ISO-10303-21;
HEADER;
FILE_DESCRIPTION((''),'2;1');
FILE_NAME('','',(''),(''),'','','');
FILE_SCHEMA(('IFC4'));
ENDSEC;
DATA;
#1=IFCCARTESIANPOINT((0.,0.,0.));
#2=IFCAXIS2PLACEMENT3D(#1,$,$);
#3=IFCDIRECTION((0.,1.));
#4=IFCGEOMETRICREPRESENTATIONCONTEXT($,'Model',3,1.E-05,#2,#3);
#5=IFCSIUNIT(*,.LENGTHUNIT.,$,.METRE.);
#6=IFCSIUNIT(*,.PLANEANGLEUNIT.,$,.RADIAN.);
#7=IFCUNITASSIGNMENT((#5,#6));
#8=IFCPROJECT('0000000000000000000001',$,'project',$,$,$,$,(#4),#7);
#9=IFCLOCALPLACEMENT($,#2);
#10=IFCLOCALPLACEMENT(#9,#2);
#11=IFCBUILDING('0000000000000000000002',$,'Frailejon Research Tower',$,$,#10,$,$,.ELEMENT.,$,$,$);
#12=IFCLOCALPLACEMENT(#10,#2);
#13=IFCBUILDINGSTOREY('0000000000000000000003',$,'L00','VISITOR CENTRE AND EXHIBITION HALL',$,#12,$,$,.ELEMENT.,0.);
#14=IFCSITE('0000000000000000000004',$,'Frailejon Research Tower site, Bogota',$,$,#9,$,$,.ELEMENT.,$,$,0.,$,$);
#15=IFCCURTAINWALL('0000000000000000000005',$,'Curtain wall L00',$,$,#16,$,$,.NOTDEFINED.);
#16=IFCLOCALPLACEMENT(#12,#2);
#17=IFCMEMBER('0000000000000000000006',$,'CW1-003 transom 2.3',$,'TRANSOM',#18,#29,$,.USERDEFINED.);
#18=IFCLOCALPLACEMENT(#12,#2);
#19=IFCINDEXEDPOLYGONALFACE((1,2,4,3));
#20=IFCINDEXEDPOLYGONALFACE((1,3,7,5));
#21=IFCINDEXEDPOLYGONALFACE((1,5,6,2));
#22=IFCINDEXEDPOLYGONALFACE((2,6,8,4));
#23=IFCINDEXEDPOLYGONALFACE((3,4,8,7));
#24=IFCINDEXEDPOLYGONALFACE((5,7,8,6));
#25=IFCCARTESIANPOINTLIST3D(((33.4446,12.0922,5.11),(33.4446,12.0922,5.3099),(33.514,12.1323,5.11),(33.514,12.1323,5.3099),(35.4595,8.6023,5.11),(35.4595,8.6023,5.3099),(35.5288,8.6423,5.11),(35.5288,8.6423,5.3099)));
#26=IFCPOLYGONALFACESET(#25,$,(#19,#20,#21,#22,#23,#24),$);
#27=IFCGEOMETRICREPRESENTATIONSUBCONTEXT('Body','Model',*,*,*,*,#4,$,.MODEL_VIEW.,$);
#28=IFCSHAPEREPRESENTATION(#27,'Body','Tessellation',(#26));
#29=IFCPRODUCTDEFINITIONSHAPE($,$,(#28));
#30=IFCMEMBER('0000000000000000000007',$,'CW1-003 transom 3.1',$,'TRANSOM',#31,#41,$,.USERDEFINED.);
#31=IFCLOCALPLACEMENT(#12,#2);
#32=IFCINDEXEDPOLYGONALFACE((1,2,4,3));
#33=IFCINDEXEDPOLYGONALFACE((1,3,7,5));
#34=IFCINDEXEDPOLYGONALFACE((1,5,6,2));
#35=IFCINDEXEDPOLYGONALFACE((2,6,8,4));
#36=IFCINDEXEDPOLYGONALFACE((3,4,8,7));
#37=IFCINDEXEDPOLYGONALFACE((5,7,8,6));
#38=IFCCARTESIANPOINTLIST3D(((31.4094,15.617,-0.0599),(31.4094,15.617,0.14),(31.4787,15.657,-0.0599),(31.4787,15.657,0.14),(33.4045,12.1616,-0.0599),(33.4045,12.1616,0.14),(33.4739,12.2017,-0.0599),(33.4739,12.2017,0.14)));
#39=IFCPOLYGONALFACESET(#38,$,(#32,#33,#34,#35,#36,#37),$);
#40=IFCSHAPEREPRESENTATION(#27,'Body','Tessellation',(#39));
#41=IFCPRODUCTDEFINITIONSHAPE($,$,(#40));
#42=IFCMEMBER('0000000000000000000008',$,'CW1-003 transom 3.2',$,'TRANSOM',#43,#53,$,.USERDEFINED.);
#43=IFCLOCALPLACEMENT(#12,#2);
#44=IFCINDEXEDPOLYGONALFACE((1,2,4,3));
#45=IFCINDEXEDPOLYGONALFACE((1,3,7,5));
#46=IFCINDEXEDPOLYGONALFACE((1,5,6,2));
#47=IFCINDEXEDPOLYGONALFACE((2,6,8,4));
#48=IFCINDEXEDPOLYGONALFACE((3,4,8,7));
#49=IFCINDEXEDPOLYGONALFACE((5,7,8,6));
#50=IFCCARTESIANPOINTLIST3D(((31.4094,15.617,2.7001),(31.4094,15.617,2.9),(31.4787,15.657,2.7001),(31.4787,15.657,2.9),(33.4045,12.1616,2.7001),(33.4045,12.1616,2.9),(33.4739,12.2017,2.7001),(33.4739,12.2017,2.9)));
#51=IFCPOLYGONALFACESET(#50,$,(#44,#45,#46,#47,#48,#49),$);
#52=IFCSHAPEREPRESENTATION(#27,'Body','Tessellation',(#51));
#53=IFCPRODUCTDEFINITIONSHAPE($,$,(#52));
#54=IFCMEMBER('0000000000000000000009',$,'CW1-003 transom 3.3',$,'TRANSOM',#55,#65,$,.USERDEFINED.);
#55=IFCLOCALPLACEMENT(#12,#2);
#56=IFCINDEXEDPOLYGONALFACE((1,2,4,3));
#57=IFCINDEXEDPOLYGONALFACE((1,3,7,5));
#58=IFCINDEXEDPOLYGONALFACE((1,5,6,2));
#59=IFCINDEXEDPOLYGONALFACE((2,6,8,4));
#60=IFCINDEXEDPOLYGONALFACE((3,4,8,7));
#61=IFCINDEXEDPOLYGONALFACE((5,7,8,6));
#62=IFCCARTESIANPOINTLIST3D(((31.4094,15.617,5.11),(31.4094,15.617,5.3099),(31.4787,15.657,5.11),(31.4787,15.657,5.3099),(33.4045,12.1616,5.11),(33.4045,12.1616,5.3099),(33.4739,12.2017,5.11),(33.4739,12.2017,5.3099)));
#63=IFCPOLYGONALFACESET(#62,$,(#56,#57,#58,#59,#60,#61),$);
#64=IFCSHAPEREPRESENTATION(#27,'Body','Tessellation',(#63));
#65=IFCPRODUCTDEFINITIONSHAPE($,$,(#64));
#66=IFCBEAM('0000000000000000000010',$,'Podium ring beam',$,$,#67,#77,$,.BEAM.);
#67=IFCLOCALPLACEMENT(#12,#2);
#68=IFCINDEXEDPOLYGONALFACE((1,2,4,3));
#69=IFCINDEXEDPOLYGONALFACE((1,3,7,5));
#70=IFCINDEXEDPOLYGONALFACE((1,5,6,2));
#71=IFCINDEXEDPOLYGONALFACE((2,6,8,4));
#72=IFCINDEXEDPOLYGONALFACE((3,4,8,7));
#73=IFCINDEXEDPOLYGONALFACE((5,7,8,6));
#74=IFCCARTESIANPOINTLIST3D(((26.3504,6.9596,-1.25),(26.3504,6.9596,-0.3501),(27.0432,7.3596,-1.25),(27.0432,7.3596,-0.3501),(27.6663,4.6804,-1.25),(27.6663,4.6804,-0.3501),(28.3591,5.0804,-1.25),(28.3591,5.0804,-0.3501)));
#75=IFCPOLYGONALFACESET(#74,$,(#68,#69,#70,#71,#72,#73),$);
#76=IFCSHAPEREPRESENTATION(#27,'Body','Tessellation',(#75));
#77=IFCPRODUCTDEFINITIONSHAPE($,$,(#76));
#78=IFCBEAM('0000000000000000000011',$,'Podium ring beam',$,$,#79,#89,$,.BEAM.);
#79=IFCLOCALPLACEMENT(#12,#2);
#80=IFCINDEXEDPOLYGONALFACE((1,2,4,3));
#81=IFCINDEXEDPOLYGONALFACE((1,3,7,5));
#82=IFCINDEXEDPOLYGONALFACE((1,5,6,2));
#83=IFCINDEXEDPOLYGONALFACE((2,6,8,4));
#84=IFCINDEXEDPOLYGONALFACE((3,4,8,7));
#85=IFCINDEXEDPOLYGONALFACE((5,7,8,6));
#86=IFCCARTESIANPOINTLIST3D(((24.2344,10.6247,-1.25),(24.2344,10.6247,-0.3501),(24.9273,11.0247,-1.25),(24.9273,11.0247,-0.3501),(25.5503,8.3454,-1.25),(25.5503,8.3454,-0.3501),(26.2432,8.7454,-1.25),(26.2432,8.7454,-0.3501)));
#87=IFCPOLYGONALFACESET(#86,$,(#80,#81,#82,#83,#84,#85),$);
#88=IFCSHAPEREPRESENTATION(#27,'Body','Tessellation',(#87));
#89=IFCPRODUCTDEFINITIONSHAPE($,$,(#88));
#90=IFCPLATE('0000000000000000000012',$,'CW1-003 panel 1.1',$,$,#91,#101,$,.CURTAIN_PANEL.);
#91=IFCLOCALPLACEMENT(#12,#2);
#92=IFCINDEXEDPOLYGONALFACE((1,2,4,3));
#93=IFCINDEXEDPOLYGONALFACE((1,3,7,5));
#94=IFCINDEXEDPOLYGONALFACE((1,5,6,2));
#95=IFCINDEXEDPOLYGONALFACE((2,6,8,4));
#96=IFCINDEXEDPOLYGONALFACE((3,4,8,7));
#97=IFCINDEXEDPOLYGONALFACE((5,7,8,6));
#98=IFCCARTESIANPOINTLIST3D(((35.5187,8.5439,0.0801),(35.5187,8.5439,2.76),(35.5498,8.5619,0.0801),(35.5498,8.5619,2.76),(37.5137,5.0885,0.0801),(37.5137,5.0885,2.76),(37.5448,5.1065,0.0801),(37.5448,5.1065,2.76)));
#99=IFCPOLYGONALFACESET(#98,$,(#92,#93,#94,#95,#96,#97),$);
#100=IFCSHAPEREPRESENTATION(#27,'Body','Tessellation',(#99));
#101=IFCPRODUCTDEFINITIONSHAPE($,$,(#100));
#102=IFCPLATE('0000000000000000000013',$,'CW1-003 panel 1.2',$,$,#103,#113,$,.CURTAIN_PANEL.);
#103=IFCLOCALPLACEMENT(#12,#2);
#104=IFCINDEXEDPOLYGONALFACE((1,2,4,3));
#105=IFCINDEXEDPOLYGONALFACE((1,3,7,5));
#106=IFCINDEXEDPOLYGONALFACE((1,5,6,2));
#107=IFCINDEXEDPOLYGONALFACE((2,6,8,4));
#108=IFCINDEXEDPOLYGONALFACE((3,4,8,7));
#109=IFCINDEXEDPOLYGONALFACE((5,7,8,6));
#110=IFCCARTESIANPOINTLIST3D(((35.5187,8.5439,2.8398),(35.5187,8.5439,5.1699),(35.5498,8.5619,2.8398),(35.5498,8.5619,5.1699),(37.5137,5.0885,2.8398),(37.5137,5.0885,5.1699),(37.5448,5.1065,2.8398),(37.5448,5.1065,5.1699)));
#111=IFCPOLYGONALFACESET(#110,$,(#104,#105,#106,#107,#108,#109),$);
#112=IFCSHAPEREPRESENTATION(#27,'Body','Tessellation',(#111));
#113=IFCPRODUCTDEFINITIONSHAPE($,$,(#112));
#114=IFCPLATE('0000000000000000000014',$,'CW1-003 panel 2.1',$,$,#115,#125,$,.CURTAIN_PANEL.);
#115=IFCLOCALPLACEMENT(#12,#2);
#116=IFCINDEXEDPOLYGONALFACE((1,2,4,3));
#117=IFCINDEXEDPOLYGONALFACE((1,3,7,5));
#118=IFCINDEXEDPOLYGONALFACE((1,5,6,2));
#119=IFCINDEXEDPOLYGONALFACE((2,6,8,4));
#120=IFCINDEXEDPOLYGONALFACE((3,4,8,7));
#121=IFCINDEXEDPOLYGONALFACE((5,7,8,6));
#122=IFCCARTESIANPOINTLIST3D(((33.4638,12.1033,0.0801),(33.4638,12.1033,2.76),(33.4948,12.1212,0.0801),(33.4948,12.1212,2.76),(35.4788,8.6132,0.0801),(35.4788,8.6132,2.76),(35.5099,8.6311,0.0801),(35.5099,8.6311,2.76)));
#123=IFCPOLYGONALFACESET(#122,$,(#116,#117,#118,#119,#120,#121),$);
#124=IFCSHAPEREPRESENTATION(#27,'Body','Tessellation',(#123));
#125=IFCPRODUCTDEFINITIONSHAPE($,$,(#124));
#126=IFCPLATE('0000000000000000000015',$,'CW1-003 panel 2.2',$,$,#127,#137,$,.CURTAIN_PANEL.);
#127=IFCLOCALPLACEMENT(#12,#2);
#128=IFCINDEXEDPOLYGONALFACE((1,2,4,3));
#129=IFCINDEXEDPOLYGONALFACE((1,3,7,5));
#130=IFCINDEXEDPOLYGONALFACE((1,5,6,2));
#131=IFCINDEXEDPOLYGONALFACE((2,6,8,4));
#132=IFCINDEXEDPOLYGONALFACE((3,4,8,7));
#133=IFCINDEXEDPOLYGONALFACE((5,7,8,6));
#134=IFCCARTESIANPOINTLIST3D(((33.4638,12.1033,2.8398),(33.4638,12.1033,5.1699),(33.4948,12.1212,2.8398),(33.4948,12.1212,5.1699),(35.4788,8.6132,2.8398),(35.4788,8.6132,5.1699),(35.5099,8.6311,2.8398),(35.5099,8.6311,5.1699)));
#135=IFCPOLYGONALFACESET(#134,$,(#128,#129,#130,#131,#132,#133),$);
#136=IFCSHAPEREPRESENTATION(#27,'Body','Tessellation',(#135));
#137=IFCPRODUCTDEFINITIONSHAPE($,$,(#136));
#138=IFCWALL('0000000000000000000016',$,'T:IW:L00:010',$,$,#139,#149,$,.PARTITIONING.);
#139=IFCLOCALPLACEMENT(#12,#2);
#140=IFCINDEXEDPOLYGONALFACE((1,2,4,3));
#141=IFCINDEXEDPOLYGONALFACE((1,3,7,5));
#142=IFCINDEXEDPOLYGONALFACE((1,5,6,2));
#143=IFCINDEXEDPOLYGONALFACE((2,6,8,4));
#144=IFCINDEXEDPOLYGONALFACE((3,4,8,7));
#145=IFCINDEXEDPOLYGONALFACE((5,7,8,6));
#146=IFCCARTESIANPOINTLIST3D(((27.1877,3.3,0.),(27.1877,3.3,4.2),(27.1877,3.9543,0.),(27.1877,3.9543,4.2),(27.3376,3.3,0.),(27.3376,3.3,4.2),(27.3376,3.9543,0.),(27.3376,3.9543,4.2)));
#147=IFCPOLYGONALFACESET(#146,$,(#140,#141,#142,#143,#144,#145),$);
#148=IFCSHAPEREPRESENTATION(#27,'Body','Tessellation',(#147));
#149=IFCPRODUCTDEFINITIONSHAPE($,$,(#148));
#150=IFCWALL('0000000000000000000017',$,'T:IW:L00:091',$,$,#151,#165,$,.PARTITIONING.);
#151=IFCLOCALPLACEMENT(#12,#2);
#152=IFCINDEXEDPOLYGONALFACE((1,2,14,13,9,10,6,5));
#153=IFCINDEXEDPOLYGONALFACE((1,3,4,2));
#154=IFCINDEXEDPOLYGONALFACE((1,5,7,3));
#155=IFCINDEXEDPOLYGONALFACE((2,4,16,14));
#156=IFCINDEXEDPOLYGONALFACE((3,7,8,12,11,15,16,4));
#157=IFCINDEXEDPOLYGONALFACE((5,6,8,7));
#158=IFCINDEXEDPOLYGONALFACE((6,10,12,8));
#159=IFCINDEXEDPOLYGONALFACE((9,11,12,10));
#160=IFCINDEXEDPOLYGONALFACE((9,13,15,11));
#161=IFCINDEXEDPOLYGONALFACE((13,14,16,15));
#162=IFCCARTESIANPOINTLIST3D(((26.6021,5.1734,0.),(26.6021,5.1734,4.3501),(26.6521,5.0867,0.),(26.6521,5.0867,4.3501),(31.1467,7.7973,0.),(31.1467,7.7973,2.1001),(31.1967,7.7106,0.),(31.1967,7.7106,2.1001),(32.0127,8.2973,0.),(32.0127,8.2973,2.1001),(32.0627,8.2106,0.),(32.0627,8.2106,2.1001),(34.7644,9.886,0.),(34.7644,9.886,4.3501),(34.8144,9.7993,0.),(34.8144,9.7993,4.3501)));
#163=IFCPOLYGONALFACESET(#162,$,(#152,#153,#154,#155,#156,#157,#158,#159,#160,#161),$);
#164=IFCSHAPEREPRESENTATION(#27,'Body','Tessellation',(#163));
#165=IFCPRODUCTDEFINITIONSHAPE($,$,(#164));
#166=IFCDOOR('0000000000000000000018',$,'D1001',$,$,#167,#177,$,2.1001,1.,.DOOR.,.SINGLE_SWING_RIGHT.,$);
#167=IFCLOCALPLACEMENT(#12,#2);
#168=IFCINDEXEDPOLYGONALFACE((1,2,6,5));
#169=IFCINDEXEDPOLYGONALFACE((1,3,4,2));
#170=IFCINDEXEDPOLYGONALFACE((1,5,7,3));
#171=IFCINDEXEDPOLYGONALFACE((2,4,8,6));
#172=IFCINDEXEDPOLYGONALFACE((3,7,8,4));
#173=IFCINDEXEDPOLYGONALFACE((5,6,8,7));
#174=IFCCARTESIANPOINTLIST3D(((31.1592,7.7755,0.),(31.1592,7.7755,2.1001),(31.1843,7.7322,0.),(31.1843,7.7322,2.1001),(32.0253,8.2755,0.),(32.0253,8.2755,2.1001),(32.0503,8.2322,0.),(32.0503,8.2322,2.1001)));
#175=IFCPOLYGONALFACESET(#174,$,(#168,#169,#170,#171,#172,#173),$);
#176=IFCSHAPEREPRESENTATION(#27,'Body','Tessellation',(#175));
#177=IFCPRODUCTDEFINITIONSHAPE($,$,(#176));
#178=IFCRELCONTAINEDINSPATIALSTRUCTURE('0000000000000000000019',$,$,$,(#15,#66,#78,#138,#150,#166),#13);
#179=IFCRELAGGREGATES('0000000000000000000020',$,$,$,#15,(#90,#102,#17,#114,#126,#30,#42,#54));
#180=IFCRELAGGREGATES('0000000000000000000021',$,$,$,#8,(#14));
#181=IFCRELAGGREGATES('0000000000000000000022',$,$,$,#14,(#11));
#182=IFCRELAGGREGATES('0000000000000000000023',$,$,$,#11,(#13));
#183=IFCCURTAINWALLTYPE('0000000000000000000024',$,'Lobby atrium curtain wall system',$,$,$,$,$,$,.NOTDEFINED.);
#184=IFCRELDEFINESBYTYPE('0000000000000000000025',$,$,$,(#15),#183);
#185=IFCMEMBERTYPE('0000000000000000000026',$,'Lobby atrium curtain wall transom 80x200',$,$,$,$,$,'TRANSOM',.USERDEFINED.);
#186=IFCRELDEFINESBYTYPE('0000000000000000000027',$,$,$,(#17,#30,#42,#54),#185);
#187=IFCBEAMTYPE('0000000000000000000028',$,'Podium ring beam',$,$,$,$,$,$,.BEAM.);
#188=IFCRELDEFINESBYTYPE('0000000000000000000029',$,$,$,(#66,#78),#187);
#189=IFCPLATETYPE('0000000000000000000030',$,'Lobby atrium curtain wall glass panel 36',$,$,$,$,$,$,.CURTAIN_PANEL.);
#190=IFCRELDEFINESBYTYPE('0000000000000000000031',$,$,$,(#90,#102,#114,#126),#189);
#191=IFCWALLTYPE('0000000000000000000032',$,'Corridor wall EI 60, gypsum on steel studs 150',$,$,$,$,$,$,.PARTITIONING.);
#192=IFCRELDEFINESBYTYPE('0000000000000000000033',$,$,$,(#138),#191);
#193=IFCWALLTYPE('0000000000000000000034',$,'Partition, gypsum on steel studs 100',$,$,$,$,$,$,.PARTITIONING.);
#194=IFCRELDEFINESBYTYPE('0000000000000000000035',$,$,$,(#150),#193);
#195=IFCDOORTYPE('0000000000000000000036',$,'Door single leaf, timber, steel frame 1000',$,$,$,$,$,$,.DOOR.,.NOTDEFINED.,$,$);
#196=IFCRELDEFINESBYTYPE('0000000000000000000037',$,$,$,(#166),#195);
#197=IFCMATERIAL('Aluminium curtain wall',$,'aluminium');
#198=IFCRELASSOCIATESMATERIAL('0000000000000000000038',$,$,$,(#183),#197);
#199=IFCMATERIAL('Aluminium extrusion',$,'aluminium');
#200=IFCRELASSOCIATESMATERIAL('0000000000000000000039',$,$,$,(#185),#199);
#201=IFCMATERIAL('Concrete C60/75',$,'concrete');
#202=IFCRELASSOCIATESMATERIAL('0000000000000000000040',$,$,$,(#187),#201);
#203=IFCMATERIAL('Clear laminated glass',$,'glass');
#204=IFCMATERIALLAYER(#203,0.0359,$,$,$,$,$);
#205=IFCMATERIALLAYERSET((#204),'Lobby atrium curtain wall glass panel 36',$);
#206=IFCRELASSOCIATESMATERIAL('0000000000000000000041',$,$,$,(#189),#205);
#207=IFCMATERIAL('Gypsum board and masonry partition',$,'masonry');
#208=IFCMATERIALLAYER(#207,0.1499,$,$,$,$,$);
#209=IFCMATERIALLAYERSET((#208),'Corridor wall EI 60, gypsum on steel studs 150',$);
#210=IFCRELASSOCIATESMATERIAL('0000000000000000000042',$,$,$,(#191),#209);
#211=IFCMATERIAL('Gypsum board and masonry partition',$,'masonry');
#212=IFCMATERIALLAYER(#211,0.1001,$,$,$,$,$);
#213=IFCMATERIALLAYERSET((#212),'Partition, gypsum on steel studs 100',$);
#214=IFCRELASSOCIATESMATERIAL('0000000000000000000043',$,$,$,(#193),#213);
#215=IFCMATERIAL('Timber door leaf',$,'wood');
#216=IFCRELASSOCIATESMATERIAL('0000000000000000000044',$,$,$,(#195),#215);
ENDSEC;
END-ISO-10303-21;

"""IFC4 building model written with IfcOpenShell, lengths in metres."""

from ifc_helpers import new_model, si_unit, direction, frame, frame_2d, origin, origin_2d, place, context, subcontext, project, spatial, rectangle, extrude, material, layer, layer_set, material_profile, profile_set, type_object, element, fill, aggregate, save


model = new_model("IFC4")

# Units and contexts
model_context = context("Model", 3, precision=1e-05, world=origin(), true_north=direction((0.0, 1.0)))
body_context = subcontext(model_context, "Body", "Model", "MODEL_VIEW")
ifc_project = project(units=[si_unit("LENGTHUNIT", "METRE"), si_unit("PLANEANGLEUNIT", "RADIAN")], contexts=[model_context])

# Site, building, storey
site_placement = place(None, origin())
site = spatial("IfcSite", under=ifc_project, at=site_placement, Name="Frailejon Research Tower site, Bogota", CompositionType="ELEMENT", RefElevation=0.0)
building_placement = place(site_placement, origin())
building = spatial("IfcBuilding", under=site, at=building_placement, Name="Frailejon Research Tower", CompositionType="ELEMENT")
storey_placement = place(building_placement, origin())
storey = spatial("IfcBuildingStorey", under=building, at=storey_placement, Name="L00", Description="VISITOR CENTRE AND EXHIBITION HALL", CompositionType="ELEMENT", Elevation=0.0)

# Curtain wall, members
ifc_material_1 = material(Name="Aluminium curtain wall", Category="aluminium")
curtain_wall_type = type_object("IfcCurtainWallType", Name="Lobby atrium curtain wall system", PredefinedType="NOTDEFINED", material=ifc_material_1)
curtain_wall_placement = place(storey_placement, origin())
curtain_wall = element("IfcCurtainWall", 1, at=curtain_wall_placement, inside=storey, type_object=curtain_wall_type, Name="Curtain wall L00", PredefinedType="NOTDEFINED")
ifc_material_2 = material(Name="Aluminium extrusion", Category="aluminium")
ifc_material_profile_1 = material_profile(ifc_material_2, rectangle(XDim=0.0801, YDim=0.2, at=origin_2d()), Name="Lobby atrium curtain wall transom 80x200")
ifc_profile_set_1 = profile_set([ifc_material_profile_1], Name="Aluminium extrusion")
member_type_1 = type_object("IfcMemberType", Name="Lobby atrium curtain wall transom 80x200", ElementType="TRANSOM", PredefinedType="USERDEFINED", material=ifc_profile_set_1)
member_1_placement = place(storey_placement, frame((35.4941, 8.6223, 5.21), z_axis=(-0.49999, 0.866031, 0.0), x_axis=(-0.866031, -0.49999, 0.0)))
member_1 = element("IfcMember", 2, at=member_1_placement, type_object=member_type_1, Name="CW1-003 transom 2.3", ObjectType="TRANSOM", PredefinedType="USERDEFINED", context=body_context, shape_type="SweptSolid", body=[
    extrude(rectangle(XDim=0.0801, YDim=0.2, at=origin_2d()), origin(), (0.0, 0.0, 1.0), 4.0298),
])
member_2_placement = place(storey_placement, frame((33.4392, 12.1816, 0.04), z_axis=(-0.500035, 0.866005, 0.0), x_axis=(-0.866005, -0.500035, 0.0)))
member_2 = element("IfcMember", 3, at=member_2_placement, type_object=member_type_1, Name="CW1-003 transom 3.1", ObjectType="TRANSOM", PredefinedType="USERDEFINED", context=body_context, shape_type="SweptSolid", body=[
    extrude(rectangle(XDim=0.0801, YDim=0.2, at=origin_2d()), origin(), (0.0, 0.0, 1.0), 3.99),
])
member_3_placement = place(storey_placement, frame((33.4392, 12.1816, 2.8), z_axis=(-0.500035, 0.866005, 0.0), x_axis=(-0.866005, -0.500035, 0.0)))
member_3 = element("IfcMember", 4, at=member_3_placement, type_object=member_type_1, Name="CW1-003 transom 3.2", ObjectType="TRANSOM", PredefinedType="USERDEFINED", context=body_context, shape_type="SweptSolid", body=[
    extrude(rectangle(XDim=0.0801, YDim=0.2, at=origin_2d()), origin(), (0.0, 0.0, 1.0), 3.99),
])
member_4_placement = place(storey_placement, frame((33.4392, 12.1816, 5.21), z_axis=(-0.500035, 0.866005, 0.0), x_axis=(-0.866005, -0.500035, 0.0)))
member_4 = element("IfcMember", 5, at=member_4_placement, type_object=member_type_1, Name="CW1-003 transom 3.3", ObjectType="TRANSOM", PredefinedType="USERDEFINED", context=body_context, shape_type="SweptSolid", body=[
    extrude(rectangle(XDim=0.0801, YDim=0.2, at=origin_2d()), origin(), (0.0, 0.0, 1.0), 3.99),
])

# Beams
ifc_material_3 = material(Name="Concrete C60/75", Category="concrete")
ifc_material_profile_2 = material_profile(ifc_material_3, rectangle(XDim=0.8, YDim=0.8999, at=origin_2d()), Name="Podium ring beam")
ifc_profile_set_2 = profile_set([ifc_material_profile_2], Name="Concrete C60/75")
beam_type_1 = type_object("IfcBeamType", Name="Podium ring beam", PredefinedType="BEAM", material=ifc_profile_set_2)
for number, where, z_axis, x_axis, name in (
    (6, (28.0127, 4.8804, -0.8), (-0.49999, 0.866031, 0.0), (-0.866031, -0.49999, 0.0), "Podium ring beam"),
    (7, (25.8967, 8.5454, -0.8), (-0.49999, 0.866031, 0.0), (-0.866031, -0.49999, 0.0), "Podium ring beam"),
):
    element("IfcBeam", number, at=place(storey_placement, frame(where, z_axis=z_axis, x_axis=x_axis)), inside=storey, type_object=beam_type_1, Name=name, PredefinedType="BEAM", context=body_context, shape_type="SweptSolid", body=[
        extrude(rectangle(XDim=0.8, YDim=0.8999, at=origin_2d()), origin(), (0.0, 0.0, 1.0), 2.6318),
    ])

# Plates
ifc_material_4 = material(Name="Clear laminated glass", Category="glass")
ifc_layer_1 = layer(ifc_material_4, 0.0359)
ifc_layer_set_1 = layer_set([ifc_layer_1], Name="Lobby atrium curtain wall glass panel 36")
plate_type = type_object("IfcPlateType", Name="Lobby atrium curtain wall glass panel 36", PredefinedType="CURTAIN_PANEL", material=ifc_layer_set_1)
plate_1_placement = place(storey_placement, frame((36.5317, 6.8252, 0.0801), z_axis=(0.0, 0.0, 1.0), x_axis=(-0.5, 0.866026, 0.0)))
plate_1 = element("IfcPlate", 8, at=plate_1_placement, type_object=plate_type, Name="CW1-003 panel 1.1", PredefinedType="CURTAIN_PANEL", context=body_context, shape_type="SweptSolid", body=[
    extrude(rectangle(XDim=3.99, YDim=0.0359, at=origin_2d()), origin(), (0.0, 0.0, 1.0), 2.6799),
])
plate_2_placement = place(storey_placement, frame((36.5317, 6.8252, 2.8398), z_axis=(0.0, 0.0, 1.0), x_axis=(-0.5, 0.866026, 0.0)))
plate_2 = element("IfcPlate", 9, at=plate_2_placement, type_object=plate_type, Name="CW1-003 panel 1.2", PredefinedType="CURTAIN_PANEL", context=body_context, shape_type="SweptSolid", body=[
    extrude(rectangle(XDim=3.99, YDim=0.0359, at=origin_2d()), origin(), (0.0, 0.0, 1.0), 2.3301),
])
plate_3_placement = place(storey_placement, frame((34.4868, 10.3672, 0.0801), z_axis=(0.0, 0.0, 1.0), x_axis=(-0.5, 0.866026, 0.0)))
plate_3 = element("IfcPlate", 10, at=plate_3_placement, type_object=plate_type, Name="CW1-003 panel 2.1", PredefinedType="CURTAIN_PANEL", context=body_context, shape_type="SweptSolid", body=[
    extrude(rectangle(XDim=4.03, YDim=0.0359, at=origin_2d()), origin(), (0.0, 0.0, 1.0), 2.6799),
])
plate_4_placement = place(storey_placement, frame((34.4868, 10.3672, 2.8398), z_axis=(0.0, 0.0, 1.0), x_axis=(-0.5, 0.866026, 0.0)))
plate_4 = element("IfcPlate", 11, at=plate_4_placement, type_object=plate_type, Name="CW1-003 panel 2.2", PredefinedType="CURTAIN_PANEL", context=body_context, shape_type="SweptSolid", body=[
    extrude(rectangle(XDim=4.03, YDim=0.0359, at=origin_2d()), origin(), (0.0, 0.0, 1.0), 2.3301),
])
aggregate(curtain_wall, [plate_1, plate_2, member_1, plate_3, plate_4, member_2, member_3, member_4])

# Wall
ifc_material_5 = material(Name="Gypsum board and masonry partition", Category="masonry")
ifc_layer_2 = layer(ifc_material_5, 0.1499)
ifc_layer_set_2 = layer_set([ifc_layer_2], Name="Corridor wall EI 60, gypsum on steel studs 150")
wall_type_1 = type_object("IfcWallType", Name="Corridor wall EI 60, gypsum on steel studs 150", PredefinedType="PARTITIONING", material=ifc_layer_set_2)
wall_1_placement = place(storey_placement, frame((27.2627, 3.3, 0.0), z_axis=(0.0, 0.0, 1.0), x_axis=(0.0, 1.0, 0.0)))
element("IfcWall", 12, at=wall_1_placement, inside=storey, type_object=wall_type_1, Name="T:IW:L00:010", PredefinedType="PARTITIONING", context=body_context, shape_type="SweptSolid", body=[
    extrude(rectangle(XDim=0.6543, YDim=0.1499, at=frame_2d((0.3271, 0.0))), origin(), (0.0, 0.0, 1.0), 4.2),
])

# Wall, opening, door
ifc_material_6 = material(Name="Gypsum board and masonry partition", Category="masonry")
ifc_layer_3 = layer(ifc_material_6, 0.1001)
ifc_layer_set_3 = layer_set([ifc_layer_3], Name="Partition, gypsum on steel studs 100")
wall_type_2 = type_object("IfcWallType", Name="Partition, gypsum on steel studs 100", PredefinedType="PARTITIONING", material=ifc_layer_set_3)
wall_2_placement = place(storey_placement, frame((26.6272, 5.1301, 0.0), z_axis=(0.0, 0.0, 1.0), x_axis=(0.86602, 0.500009, 0.0)))
wall_2 = element("IfcWall", 13, at=wall_2_placement, inside=storey, type_object=wall_type_2, Name="T:IW:L00:091", PredefinedType="PARTITIONING", context=body_context, shape_type="SweptSolid", body=[
    extrude(rectangle(XDim=9.425, YDim=0.1001, at=frame_2d((4.7124, 0.0))), origin(), (0.0, 0.0, 1.0), 4.3501),
])
opening_placement = place(wall_2_placement, frame((5.2476, 0.0, 0.0)))
opening = element("IfcOpeningElement", 14, at=opening_placement, cuts=wall_2, PredefinedType="OPENING", context=body_context, shape_type="SweptSolid", body=[
    extrude(rectangle(XDim=1.0, YDim=2.1001, at=frame_2d((0.5, 1.05))), frame((0.0, 0.0601, 0.0), z_axis=(0.0, -1.0, 0.0), x_axis=(1.0, 0.0, 0.0)), (0.0, 0.0, 1.0), 0.1201),
])
ifc_material_7 = material(Name="Timber door leaf", Category="wood")
door_type = type_object("IfcDoorType", Name="Door single leaf, timber, steel frame 1000", OperationType="NOTDEFINED", PredefinedType="DOOR", material=ifc_material_7)
door_placement = place(opening_placement, origin())
door = element("IfcDoor", 15, at=door_placement, inside=storey, type_object=door_type, Name="D1001", OperationType="SINGLE_SWING_RIGHT", OverallHeight=2.1001, OverallWidth=1.0, PredefinedType="DOOR", context=body_context, shape_type="SweptSolid", body=[
    extrude(rectangle(XDim=1.0, YDim=2.1001, at=frame_2d((0.5, 1.05))), frame((0.0, 0.0249, 0.0), z_axis=(0.0, -1.0, 0.0), x_axis=(1.0, 0.0, 0.0)), (0.0, 0.0, 1.0), 0.05),
])
fill(opening, door)

save(model, "model.ifc")
